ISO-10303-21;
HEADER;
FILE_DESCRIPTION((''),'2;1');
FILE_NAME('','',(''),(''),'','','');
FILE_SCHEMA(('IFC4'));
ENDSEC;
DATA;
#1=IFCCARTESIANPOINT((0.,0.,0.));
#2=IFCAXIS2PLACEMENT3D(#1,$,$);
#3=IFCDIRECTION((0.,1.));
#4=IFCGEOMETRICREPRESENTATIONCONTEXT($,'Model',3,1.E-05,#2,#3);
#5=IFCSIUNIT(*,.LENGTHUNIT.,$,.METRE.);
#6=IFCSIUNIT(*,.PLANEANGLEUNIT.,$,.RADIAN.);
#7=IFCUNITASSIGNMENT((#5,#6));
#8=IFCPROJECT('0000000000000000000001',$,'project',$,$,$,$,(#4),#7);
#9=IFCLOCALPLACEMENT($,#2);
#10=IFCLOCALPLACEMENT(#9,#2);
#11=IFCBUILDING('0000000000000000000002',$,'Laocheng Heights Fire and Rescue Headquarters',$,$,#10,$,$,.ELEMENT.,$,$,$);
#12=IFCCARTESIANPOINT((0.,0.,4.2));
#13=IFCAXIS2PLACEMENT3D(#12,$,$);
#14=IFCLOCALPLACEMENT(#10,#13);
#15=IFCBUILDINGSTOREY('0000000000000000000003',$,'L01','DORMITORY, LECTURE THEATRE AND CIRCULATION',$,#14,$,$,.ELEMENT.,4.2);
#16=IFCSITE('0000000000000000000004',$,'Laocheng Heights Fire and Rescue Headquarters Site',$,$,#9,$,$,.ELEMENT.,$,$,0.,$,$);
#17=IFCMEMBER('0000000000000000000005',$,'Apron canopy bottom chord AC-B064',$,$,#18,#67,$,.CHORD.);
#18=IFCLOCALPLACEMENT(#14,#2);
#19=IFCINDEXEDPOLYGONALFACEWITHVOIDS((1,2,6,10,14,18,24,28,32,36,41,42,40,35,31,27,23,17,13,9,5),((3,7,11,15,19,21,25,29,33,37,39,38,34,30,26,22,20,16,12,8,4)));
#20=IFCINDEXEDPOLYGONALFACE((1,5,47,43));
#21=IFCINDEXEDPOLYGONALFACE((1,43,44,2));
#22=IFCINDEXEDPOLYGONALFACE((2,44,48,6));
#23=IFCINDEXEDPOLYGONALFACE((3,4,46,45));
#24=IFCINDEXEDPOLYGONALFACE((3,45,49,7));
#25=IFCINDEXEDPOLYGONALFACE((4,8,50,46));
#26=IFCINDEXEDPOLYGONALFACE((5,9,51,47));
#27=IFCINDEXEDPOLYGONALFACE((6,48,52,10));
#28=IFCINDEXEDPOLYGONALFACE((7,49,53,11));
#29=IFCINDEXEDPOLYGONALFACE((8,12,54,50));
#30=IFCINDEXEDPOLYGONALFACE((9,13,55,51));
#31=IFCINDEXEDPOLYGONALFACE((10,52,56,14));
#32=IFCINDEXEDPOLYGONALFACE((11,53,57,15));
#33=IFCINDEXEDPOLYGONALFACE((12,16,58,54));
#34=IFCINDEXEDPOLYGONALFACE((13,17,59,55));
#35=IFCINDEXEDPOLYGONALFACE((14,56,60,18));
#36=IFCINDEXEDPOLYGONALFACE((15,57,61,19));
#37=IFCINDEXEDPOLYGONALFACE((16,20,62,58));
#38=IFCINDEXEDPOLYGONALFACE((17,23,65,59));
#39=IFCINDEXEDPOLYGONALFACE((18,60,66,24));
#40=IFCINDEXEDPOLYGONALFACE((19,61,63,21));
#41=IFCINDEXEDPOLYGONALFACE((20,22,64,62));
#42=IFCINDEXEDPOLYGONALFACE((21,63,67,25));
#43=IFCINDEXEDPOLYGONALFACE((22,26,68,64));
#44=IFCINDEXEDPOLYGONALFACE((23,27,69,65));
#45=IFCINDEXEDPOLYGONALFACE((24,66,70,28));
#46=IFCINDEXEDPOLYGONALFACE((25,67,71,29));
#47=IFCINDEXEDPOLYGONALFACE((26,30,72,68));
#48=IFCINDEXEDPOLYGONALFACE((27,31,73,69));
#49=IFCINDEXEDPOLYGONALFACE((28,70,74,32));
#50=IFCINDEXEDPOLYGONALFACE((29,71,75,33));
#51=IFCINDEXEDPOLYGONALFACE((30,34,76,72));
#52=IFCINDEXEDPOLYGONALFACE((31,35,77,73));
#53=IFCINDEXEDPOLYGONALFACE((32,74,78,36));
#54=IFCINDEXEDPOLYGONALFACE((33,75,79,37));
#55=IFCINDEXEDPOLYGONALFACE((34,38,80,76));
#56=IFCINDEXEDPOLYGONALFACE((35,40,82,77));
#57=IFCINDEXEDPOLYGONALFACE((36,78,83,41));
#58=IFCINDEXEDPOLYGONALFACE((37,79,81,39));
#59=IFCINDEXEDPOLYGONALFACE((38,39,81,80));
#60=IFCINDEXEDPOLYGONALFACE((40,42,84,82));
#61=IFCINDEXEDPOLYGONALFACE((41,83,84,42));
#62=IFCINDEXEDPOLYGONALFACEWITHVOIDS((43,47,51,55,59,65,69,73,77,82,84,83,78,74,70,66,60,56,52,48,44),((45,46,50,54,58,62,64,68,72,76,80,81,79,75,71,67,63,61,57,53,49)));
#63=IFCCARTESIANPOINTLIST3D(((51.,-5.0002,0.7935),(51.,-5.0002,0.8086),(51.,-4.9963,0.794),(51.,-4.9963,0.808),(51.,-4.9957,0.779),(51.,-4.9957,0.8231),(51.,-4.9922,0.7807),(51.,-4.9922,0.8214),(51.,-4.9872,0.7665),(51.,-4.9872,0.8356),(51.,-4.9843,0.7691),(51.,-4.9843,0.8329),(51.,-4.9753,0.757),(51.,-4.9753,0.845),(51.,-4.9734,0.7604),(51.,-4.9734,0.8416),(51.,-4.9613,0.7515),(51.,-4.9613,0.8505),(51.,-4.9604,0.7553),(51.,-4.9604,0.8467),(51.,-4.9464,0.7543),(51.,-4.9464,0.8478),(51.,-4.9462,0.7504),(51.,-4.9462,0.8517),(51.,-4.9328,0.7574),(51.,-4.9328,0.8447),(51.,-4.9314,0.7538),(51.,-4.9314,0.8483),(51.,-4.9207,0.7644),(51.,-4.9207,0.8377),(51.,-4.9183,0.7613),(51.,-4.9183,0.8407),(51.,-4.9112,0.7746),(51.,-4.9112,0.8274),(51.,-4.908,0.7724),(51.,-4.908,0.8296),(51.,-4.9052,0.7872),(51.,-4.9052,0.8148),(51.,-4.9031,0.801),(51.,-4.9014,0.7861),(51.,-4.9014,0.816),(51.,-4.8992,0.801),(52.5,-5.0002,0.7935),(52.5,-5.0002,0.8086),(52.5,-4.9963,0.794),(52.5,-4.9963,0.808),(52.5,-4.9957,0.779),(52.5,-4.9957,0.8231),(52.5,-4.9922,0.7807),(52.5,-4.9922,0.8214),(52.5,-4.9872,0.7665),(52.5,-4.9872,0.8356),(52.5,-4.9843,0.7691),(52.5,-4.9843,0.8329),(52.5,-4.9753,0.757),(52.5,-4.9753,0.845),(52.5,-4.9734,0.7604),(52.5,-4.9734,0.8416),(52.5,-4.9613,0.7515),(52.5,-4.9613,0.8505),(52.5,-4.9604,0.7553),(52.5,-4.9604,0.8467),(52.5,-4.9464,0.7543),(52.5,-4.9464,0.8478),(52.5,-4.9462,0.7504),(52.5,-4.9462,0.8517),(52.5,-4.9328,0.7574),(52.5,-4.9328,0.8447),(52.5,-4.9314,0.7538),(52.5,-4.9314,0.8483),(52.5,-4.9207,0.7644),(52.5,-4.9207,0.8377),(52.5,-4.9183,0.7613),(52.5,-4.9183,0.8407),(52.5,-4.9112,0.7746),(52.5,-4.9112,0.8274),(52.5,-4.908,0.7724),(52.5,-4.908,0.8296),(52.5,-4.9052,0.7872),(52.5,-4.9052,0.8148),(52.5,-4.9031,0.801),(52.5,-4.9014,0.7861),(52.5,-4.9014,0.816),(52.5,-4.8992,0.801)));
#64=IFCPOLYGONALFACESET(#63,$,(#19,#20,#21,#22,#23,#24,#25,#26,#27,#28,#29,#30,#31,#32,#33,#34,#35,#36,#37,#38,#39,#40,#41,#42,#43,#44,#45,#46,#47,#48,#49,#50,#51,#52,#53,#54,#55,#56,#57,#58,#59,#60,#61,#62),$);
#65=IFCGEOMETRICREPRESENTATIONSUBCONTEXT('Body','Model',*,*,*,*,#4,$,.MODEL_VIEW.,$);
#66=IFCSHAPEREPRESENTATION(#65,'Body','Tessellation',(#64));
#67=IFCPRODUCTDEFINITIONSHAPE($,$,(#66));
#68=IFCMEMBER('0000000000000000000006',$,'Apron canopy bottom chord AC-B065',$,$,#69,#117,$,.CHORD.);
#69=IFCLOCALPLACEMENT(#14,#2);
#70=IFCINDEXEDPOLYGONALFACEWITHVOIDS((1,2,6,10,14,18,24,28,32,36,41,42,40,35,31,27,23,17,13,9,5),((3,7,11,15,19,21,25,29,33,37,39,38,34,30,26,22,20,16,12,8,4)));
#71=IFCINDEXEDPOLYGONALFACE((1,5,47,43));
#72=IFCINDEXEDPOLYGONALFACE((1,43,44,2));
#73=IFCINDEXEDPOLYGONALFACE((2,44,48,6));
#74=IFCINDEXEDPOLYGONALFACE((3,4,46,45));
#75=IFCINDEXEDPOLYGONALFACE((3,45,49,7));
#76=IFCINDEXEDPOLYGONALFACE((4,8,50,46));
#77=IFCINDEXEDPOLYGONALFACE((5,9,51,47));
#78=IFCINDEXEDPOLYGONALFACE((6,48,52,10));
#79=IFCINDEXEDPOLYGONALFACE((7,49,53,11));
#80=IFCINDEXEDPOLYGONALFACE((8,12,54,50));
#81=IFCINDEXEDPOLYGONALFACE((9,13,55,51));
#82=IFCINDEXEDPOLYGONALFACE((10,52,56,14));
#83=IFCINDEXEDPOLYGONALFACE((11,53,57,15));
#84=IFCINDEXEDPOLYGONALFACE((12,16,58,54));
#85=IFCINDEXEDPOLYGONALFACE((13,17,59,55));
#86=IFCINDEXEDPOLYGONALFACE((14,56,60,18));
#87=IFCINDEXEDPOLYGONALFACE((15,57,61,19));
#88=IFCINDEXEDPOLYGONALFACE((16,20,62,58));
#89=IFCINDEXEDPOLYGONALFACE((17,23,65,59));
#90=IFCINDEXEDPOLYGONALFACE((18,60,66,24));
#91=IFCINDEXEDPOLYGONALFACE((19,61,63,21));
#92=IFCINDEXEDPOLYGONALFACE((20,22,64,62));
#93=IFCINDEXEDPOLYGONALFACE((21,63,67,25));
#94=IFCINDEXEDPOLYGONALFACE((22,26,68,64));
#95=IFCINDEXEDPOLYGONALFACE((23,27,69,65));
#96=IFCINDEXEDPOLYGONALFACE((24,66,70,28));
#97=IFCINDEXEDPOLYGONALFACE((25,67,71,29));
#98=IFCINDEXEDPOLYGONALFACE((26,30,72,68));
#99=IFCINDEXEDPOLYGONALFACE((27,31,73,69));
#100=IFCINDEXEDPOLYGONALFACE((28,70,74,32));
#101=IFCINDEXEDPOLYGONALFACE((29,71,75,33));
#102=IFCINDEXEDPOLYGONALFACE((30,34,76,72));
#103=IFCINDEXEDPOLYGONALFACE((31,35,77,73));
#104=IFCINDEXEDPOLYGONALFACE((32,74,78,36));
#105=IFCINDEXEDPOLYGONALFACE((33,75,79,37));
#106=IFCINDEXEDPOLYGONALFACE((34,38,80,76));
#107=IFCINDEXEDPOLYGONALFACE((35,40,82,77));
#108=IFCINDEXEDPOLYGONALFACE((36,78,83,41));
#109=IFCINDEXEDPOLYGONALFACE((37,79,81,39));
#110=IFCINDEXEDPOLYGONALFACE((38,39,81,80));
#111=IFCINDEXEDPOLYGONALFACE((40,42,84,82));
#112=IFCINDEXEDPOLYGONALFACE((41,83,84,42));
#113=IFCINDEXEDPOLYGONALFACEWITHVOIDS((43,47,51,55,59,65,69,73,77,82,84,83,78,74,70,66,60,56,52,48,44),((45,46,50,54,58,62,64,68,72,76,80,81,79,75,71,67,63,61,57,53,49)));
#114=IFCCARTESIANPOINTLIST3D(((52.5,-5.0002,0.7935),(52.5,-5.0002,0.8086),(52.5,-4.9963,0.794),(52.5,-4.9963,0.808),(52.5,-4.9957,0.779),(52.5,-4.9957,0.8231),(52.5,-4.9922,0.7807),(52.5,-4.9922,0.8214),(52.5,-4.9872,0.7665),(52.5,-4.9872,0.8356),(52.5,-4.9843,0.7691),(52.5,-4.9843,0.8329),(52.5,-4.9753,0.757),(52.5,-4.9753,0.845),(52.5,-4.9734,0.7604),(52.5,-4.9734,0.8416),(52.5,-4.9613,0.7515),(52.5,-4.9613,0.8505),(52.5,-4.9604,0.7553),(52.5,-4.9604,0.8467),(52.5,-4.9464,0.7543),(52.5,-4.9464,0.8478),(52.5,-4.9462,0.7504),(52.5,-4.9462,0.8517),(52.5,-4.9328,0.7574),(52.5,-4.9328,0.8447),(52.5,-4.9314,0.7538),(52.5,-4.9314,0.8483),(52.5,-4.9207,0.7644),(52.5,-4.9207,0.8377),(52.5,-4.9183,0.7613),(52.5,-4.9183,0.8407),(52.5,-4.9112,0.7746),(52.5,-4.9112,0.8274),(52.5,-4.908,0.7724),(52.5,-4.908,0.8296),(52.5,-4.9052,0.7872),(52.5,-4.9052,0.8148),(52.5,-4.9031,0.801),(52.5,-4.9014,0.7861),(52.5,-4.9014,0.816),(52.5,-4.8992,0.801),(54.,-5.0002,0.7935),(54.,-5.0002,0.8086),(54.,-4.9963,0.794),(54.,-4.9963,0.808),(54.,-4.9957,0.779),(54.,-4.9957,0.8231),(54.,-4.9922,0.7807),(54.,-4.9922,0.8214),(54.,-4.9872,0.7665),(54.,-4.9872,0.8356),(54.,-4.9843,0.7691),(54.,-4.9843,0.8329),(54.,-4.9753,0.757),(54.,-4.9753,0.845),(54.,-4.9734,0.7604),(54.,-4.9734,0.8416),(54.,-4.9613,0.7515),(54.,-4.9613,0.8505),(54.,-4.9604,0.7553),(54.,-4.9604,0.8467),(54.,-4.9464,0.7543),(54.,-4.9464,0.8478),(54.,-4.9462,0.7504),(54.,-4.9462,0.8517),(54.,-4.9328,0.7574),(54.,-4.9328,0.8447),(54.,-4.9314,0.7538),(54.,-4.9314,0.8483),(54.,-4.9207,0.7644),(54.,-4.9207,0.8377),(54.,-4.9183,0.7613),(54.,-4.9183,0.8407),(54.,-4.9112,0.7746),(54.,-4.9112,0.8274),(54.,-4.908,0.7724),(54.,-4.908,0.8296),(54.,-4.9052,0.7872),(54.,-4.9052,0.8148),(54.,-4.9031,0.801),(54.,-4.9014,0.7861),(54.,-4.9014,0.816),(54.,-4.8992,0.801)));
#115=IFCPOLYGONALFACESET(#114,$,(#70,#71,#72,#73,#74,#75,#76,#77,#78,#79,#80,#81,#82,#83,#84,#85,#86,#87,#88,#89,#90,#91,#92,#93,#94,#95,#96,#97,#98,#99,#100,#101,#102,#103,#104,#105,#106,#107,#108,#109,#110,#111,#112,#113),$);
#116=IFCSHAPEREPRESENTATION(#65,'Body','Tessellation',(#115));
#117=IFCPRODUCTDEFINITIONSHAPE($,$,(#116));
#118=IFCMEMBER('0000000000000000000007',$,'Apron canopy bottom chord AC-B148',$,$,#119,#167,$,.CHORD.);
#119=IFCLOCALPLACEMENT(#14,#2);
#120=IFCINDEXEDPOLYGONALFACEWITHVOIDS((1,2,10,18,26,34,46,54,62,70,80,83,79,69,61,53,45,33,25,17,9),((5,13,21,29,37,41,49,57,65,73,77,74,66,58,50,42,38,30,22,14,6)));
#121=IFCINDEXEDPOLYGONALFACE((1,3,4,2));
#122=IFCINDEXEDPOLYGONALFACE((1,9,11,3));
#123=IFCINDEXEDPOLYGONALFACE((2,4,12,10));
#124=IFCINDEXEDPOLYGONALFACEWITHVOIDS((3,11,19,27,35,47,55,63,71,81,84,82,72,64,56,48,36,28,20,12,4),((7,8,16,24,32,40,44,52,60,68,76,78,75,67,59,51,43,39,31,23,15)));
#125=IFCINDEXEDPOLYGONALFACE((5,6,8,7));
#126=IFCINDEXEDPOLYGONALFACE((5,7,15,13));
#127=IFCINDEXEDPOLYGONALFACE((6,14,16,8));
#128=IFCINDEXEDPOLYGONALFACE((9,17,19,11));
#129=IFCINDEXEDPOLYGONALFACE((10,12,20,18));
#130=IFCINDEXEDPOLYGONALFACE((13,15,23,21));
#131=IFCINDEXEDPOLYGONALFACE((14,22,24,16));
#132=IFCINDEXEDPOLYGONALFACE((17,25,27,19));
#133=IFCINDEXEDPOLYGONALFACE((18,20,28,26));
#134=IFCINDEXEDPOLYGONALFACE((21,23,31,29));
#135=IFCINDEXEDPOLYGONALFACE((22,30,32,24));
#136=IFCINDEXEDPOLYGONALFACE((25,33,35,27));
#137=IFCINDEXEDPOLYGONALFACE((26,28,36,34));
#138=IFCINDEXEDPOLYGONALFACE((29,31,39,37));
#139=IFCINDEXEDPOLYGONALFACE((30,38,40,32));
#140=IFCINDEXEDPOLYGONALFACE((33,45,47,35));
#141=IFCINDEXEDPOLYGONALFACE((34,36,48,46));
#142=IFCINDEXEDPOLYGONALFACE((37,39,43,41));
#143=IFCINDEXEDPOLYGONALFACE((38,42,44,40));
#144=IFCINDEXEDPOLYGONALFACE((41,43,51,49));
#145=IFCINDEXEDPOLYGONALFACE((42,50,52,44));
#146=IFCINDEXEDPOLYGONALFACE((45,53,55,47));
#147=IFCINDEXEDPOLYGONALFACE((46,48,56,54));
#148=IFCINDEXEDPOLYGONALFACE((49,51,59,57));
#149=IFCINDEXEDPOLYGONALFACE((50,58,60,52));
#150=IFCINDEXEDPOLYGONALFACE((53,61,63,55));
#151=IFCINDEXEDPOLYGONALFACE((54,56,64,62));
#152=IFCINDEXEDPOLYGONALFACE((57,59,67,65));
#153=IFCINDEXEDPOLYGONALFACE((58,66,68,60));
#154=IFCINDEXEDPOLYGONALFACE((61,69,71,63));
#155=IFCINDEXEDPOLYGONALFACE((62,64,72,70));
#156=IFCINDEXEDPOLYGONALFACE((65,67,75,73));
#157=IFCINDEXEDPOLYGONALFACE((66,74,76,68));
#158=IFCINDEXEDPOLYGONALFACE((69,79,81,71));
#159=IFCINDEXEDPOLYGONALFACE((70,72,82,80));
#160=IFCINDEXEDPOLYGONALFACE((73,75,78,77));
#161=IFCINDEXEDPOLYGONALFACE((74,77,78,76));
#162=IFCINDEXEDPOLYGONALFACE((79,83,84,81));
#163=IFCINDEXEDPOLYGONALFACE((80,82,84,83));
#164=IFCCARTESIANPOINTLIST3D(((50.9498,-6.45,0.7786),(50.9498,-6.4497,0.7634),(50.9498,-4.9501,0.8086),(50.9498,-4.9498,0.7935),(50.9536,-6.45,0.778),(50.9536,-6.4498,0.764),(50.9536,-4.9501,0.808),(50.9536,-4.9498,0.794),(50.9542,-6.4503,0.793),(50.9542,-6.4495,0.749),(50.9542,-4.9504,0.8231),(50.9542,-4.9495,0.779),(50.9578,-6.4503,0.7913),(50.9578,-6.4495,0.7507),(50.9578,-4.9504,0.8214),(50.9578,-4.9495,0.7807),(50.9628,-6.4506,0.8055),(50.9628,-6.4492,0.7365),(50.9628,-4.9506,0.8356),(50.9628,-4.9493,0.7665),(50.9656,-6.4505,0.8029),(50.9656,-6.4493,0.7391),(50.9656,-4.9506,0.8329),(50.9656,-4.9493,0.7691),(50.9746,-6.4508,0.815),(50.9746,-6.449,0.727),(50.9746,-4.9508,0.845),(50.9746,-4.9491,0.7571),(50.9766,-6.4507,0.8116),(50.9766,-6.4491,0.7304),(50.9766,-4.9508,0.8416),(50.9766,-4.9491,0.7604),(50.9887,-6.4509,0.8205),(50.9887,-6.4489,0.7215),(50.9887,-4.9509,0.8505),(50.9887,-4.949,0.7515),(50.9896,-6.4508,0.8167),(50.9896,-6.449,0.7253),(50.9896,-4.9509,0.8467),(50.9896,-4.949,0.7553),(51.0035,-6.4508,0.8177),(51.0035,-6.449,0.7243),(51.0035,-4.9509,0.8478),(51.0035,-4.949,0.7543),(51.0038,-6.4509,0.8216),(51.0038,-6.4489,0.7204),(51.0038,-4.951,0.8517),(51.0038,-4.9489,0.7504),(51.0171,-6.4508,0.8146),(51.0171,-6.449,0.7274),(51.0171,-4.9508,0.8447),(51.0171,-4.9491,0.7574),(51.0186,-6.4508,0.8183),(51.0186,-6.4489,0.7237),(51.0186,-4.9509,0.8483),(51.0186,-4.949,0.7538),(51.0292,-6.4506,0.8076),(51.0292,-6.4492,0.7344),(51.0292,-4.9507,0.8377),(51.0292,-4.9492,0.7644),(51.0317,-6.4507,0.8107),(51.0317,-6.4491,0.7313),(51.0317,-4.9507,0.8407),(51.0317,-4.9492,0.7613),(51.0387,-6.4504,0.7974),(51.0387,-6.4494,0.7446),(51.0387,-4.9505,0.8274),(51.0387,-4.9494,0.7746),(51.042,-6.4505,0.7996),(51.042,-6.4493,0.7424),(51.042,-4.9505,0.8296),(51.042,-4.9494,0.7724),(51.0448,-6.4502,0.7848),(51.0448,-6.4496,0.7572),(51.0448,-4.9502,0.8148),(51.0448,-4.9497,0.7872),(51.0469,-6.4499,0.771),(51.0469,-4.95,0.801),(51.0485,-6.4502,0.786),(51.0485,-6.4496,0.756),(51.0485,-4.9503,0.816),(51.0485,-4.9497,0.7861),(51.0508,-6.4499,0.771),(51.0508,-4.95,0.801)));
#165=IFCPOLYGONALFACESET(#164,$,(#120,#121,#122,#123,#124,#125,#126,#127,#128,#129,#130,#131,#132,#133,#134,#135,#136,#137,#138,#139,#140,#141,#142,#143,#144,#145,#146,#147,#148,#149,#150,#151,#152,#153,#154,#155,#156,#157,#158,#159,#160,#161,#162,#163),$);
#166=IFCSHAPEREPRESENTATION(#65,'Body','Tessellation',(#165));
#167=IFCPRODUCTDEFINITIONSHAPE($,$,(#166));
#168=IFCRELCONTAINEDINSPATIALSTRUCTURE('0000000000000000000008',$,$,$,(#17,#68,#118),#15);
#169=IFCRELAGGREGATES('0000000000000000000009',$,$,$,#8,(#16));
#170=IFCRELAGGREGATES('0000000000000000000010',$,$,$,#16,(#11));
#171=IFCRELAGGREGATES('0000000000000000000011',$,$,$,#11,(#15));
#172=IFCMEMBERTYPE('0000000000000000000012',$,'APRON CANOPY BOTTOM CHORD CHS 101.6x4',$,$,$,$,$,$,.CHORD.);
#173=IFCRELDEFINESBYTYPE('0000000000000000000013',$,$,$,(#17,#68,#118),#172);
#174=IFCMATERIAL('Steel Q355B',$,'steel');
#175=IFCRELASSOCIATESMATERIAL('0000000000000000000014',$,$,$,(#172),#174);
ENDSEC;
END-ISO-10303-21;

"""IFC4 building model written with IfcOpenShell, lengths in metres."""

from ifc_helpers import new_model, si_unit, direction, frame, origin, origin_2d, place, context, subcontext, project, spatial, hollow_circle, extrude, material, material_profile, profile_set, type_object, element, save


model = new_model("IFC4")

# Units and contexts
model_context = context("Model", 3, precision=1e-05, world=origin(), true_north=direction((0.0, 1.0)))
body_context = subcontext(model_context, "Body", "Model", "MODEL_VIEW")
ifc_project = project(units=[si_unit("LENGTHUNIT", "METRE"), si_unit("PLANEANGLEUNIT", "RADIAN")], contexts=[model_context])

# Site, building, storey
site_placement = place(None, origin())
site = spatial("IfcSite", under=ifc_project, at=site_placement, Name="Laocheng Heights Fire and Rescue Headquarters Site", CompositionType="ELEMENT", RefElevation=0.0)
building_placement = place(site_placement, origin())
building = spatial("IfcBuilding", under=site, at=building_placement, Name="Laocheng Heights Fire and Rescue Headquarters", CompositionType="ELEMENT")
storey_placement = place(building_placement, frame((0.0, 0.0, 4.2)))
storey = spatial("IfcBuildingStorey", under=building, at=storey_placement, Name="L01", Description="DORMITORY, LECTURE THEATRE AND CIRCULATION", CompositionType="ELEMENT", Elevation=4.2)

# Members
ifc_material_1 = material(Name="Steel Q355B", Category="steel")
ifc_material_profile_1 = material_profile(ifc_material_1, hollow_circle(Radius=0.0508, WallThickness=0.0039, at=origin_2d()), Name="CHS 101.6x4")
ifc_profile_set_1 = profile_set([ifc_material_profile_1], Name="Steel Q355B")
member_type_1 = type_object("IfcMemberType", Name="APRON CANOPY BOTTOM CHORD CHS 101.6x4", PredefinedType="CHORD", material=ifc_profile_set_1)
for number, where, z_axis, x_axis, name in (
    (1, (51.0, -4.95, 0.801), (1.0, 0.0, 0.0), (0.0, 1.0, 0.0), "Apron canopy bottom chord AC-B064"),
    (2, (52.5, -4.95, 0.801), (1.0, 0.0, 0.0), (0.0, 1.0, 0.0), "Apron canopy bottom chord AC-B065"),
):
    element("IfcMember", number, at=place(storey_placement, frame(where, z_axis=z_axis, x_axis=x_axis)), inside=storey, type_object=member_type_1, Name=name, PredefinedType="CHORD", context=body_context, shape_type="SweptSolid", body=[
        extrude(hollow_circle(Radius=0.0508, WallThickness=0.0039, at=origin_2d()), origin(), (0.0, 0.0, 1.0), 1.5),
    ])
for number, where, z_axis, x_axis, name in (
    (3, (51.0, -4.95, 0.801), (0.0, -0.9998, -0.020016), (1.0, 0.0, 0.0), "Apron canopy bottom chord AC-B148"),
):
    element("IfcMember", number, at=place(storey_placement, frame(where, z_axis=z_axis, x_axis=x_axis)), inside=storey, type_object=member_type_1, Name=name, PredefinedType="CHORD", context=body_context, shape_type="SweptSolid", body=[
        extrude(hollow_circle(Radius=0.0508, WallThickness=0.0039, at=origin_2d()), origin(), (0.0, 0.0, 1.0), 1.5002),
    ])

save(model, "model.ifc")
